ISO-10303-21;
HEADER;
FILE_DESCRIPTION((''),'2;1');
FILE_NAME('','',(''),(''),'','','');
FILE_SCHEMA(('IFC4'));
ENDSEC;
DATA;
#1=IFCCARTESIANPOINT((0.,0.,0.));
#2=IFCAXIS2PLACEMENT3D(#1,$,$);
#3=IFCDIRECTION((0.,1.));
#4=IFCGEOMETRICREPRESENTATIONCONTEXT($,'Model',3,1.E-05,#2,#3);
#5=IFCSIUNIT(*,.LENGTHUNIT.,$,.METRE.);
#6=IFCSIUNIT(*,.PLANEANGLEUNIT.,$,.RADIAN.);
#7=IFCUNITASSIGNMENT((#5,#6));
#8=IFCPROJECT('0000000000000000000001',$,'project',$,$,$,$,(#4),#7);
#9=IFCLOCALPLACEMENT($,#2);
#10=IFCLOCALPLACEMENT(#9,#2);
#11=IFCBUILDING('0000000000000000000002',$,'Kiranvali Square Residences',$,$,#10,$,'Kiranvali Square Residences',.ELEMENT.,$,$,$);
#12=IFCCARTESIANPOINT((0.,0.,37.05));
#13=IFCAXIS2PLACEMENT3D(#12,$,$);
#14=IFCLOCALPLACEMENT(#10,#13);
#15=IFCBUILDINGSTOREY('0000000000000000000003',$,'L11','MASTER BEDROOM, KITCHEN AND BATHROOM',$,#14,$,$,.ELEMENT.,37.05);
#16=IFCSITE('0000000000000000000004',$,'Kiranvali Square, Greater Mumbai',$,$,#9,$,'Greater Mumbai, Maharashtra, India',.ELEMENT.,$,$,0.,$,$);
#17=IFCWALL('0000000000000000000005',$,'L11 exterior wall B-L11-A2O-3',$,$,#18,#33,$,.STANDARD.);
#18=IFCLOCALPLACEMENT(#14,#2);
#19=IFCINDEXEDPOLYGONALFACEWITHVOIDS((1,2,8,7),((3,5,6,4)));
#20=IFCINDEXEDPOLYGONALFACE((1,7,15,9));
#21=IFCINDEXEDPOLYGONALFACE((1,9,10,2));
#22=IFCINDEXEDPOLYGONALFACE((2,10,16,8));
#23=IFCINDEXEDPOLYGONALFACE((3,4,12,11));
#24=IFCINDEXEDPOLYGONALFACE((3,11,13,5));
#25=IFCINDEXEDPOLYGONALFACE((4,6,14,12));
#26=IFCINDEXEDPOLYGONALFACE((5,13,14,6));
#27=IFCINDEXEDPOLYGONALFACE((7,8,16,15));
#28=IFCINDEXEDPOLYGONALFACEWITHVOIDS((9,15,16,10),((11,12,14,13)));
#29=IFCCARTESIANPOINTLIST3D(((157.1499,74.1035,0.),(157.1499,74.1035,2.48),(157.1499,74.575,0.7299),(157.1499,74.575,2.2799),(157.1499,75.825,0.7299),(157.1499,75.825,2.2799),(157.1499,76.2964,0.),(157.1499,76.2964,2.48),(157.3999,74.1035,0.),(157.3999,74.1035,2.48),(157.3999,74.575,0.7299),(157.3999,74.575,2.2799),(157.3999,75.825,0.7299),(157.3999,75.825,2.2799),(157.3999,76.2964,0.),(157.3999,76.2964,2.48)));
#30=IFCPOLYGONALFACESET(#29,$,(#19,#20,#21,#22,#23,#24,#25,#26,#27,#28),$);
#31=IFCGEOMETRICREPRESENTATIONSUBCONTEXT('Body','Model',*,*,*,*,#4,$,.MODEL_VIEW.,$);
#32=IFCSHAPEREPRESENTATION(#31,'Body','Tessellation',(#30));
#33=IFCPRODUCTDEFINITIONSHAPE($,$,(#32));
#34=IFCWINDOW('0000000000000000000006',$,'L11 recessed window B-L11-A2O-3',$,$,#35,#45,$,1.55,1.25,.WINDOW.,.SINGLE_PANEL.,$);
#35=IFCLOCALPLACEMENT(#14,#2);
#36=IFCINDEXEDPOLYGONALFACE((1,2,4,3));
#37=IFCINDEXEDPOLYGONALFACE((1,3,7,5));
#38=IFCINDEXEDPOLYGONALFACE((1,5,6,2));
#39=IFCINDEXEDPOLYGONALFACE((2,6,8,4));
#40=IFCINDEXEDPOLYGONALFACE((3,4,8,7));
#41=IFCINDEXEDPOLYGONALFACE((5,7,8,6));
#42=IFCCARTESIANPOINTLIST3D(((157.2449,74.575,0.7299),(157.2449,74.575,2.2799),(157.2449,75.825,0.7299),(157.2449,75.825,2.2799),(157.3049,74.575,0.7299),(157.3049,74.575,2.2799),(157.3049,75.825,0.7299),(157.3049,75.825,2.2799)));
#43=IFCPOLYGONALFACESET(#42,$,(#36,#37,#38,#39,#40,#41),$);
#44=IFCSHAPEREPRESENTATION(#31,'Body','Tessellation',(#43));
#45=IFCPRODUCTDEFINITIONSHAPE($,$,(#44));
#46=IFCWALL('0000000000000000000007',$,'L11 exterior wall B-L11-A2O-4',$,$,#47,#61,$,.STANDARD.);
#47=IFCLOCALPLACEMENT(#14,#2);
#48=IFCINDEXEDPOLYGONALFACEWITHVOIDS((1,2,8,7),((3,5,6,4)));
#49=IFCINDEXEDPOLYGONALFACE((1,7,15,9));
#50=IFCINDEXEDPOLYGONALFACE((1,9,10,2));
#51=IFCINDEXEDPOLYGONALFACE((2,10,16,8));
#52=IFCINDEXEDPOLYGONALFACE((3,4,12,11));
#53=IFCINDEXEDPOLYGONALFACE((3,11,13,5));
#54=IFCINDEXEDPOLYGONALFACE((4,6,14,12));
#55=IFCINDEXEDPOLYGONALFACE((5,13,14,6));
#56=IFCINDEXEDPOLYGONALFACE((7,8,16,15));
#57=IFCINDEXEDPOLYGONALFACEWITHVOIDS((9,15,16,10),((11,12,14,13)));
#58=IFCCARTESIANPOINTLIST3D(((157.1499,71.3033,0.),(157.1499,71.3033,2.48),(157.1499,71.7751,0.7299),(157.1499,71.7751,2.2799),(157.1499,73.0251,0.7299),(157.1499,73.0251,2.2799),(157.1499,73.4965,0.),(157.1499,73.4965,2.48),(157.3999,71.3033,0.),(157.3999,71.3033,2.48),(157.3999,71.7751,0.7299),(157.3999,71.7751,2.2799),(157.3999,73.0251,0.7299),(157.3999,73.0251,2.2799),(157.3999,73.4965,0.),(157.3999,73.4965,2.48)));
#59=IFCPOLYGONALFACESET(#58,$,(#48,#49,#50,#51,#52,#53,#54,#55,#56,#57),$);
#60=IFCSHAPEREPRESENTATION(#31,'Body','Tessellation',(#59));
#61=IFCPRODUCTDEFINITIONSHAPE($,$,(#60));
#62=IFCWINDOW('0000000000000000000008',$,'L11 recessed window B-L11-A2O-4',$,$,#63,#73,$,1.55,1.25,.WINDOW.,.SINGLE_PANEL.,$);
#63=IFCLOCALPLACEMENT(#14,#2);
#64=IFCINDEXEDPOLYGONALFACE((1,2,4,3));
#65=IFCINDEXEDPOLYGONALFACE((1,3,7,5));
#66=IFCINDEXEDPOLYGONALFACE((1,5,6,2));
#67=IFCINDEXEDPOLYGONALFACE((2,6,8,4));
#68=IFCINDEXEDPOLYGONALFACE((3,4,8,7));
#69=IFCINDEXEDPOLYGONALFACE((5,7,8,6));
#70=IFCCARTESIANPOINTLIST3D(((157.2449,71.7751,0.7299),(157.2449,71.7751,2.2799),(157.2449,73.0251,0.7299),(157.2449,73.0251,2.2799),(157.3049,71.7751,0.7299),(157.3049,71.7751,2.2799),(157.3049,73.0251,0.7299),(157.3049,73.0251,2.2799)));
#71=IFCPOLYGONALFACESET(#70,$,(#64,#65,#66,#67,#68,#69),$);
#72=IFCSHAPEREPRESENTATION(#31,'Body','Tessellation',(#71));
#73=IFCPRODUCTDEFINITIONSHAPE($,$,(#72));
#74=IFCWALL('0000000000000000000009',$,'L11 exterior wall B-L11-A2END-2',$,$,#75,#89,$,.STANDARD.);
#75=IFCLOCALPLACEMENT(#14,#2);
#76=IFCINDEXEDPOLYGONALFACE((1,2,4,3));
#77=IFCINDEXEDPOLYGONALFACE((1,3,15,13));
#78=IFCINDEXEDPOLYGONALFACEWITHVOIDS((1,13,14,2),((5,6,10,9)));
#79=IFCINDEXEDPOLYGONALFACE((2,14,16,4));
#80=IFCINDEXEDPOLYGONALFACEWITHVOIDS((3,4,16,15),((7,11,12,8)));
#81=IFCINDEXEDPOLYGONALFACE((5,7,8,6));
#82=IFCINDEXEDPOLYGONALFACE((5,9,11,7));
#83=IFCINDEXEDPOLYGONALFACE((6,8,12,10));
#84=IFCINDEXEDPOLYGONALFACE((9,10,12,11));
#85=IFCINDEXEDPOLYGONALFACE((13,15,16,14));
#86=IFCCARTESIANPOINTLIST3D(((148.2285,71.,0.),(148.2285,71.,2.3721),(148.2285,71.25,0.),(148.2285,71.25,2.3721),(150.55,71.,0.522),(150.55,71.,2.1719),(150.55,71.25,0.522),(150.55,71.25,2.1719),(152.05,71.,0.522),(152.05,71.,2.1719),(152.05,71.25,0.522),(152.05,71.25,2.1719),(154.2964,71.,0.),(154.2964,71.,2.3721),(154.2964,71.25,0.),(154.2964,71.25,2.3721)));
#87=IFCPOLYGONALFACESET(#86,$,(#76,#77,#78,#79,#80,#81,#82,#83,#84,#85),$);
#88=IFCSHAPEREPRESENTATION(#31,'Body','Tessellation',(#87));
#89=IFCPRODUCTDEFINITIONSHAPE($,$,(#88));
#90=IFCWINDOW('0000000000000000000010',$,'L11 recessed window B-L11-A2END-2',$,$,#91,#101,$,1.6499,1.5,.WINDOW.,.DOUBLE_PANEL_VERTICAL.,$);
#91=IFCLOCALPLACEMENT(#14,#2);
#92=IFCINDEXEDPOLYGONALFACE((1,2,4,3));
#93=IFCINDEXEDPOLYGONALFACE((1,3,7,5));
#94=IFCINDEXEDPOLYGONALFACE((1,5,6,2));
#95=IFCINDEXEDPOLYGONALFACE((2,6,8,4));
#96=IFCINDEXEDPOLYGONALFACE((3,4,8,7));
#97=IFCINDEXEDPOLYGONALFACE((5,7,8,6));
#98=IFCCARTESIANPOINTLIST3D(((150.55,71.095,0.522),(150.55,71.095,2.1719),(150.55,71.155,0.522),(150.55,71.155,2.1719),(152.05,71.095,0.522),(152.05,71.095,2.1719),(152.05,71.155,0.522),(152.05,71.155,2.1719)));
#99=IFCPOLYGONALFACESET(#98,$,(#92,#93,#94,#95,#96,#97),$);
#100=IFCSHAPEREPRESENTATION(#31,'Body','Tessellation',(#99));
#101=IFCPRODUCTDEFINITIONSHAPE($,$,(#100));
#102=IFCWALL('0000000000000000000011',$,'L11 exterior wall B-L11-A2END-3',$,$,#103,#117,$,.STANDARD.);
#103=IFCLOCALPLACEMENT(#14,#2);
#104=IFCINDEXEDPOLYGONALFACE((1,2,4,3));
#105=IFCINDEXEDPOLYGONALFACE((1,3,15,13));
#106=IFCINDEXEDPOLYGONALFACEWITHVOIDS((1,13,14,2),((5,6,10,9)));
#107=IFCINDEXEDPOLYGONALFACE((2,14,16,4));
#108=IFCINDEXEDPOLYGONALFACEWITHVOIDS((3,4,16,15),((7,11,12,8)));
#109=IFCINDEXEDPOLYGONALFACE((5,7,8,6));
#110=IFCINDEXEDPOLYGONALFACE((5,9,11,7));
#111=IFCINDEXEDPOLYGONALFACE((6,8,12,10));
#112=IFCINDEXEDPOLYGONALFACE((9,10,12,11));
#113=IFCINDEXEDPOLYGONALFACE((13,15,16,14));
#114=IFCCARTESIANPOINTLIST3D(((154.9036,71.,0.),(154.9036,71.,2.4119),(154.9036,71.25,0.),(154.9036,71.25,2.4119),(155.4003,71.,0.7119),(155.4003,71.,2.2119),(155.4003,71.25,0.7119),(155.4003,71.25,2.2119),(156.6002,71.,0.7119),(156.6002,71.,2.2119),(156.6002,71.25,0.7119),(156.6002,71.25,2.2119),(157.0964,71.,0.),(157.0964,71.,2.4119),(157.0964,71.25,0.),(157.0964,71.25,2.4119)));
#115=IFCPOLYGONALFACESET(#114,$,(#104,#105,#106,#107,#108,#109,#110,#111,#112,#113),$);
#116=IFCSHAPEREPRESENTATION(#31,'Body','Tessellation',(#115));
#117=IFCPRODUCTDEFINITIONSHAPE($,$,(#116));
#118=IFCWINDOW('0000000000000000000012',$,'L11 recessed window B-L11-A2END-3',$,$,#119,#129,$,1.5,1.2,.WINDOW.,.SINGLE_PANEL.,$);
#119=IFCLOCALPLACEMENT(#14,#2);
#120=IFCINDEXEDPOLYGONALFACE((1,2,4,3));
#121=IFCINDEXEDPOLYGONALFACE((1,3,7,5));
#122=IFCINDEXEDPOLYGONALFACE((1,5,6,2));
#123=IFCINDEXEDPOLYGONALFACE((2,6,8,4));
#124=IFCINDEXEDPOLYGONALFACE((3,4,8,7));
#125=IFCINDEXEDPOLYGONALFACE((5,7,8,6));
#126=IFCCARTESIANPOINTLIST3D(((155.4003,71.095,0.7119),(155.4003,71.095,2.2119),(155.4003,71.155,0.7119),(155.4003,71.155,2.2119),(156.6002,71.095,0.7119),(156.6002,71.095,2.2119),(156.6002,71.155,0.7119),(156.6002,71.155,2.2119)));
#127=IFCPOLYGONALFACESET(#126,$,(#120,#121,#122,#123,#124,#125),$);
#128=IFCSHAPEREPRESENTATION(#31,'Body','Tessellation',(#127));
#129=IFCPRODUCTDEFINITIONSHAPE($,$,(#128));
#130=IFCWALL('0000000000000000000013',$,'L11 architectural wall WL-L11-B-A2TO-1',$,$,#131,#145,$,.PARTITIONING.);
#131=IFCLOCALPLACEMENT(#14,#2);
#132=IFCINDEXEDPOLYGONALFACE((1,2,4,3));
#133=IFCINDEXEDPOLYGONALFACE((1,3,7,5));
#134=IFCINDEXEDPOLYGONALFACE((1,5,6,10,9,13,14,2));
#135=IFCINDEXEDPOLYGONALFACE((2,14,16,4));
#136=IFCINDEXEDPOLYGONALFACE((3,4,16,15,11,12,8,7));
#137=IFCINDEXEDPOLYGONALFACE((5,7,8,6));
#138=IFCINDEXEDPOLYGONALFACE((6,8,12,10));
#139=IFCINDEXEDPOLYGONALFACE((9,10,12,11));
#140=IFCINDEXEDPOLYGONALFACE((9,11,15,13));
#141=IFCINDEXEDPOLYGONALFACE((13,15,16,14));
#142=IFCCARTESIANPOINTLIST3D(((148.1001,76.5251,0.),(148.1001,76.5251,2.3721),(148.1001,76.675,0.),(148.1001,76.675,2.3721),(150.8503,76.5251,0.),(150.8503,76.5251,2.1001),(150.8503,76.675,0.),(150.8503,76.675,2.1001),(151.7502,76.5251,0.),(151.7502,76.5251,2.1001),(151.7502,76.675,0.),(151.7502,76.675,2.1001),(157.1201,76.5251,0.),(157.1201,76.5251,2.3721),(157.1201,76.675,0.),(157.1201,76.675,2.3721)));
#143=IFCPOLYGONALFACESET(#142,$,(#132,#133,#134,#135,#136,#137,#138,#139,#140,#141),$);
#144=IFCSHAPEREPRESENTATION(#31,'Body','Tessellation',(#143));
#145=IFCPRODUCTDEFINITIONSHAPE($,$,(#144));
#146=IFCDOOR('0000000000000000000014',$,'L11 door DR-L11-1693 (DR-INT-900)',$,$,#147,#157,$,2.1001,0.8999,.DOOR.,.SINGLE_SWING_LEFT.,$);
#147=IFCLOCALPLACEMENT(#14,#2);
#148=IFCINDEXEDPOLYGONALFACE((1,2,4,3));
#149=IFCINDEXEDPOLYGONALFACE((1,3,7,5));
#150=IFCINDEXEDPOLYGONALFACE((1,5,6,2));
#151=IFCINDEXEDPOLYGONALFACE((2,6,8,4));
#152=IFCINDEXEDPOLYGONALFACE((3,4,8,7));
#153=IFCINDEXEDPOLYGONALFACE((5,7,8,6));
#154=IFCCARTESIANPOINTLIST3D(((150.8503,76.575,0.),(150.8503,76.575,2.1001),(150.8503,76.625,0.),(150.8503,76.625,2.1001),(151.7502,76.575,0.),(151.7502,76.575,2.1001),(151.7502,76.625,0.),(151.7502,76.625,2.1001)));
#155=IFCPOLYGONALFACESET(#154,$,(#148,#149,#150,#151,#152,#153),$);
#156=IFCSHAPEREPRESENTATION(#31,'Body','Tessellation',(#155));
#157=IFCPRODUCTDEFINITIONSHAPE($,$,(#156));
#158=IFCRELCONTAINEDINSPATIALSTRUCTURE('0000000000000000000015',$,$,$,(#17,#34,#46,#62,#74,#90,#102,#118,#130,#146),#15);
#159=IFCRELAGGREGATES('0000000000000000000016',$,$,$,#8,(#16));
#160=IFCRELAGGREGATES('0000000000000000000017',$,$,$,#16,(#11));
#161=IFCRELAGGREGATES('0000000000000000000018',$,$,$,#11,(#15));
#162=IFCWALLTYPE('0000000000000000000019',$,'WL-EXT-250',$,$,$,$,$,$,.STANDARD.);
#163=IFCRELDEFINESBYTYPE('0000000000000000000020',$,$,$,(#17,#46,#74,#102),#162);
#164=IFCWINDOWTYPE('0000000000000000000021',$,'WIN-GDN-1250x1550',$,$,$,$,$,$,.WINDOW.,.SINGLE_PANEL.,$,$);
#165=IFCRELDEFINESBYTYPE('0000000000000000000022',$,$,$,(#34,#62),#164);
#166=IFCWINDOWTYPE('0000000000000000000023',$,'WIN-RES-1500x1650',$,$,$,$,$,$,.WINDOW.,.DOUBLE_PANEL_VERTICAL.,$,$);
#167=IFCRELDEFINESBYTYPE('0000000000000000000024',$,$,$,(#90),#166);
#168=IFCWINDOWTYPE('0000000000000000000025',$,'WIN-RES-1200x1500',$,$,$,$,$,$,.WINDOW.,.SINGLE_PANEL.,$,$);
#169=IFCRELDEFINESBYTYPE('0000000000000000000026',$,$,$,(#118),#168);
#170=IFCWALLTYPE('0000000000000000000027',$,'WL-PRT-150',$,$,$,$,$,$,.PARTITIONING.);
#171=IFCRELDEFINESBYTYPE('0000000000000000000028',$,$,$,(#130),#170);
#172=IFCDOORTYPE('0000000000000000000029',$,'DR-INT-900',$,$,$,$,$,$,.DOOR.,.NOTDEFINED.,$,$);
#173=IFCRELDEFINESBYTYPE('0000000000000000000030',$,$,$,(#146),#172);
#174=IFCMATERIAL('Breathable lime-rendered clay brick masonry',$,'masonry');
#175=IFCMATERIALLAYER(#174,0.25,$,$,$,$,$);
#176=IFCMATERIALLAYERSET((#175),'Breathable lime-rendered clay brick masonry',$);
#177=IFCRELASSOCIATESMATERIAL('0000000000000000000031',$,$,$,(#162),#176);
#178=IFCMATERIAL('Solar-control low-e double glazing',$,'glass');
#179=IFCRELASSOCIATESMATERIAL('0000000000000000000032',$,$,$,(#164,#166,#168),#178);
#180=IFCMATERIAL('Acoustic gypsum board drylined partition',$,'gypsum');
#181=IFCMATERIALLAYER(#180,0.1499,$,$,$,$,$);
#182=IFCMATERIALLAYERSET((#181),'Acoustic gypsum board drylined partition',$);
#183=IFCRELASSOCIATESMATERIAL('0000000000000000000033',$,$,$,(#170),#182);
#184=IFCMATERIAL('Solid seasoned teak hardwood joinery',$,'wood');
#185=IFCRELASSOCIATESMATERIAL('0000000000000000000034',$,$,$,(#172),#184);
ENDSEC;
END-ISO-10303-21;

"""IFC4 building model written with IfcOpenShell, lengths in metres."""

from ifc_helpers import new_model, si_unit, direction, frame, frame_2d, origin, place, context, subcontext, project, spatial, rectangle, extrude, material, layer, layer_set, type_object, element, fill, save


model = new_model("IFC4")

# Units and contexts
model_context = context("Model", 3, precision=1e-05, world=origin(), true_north=direction((0.0, 1.0)))
body_context = subcontext(model_context, "Body", "Model", "MODEL_VIEW")
ifc_project = project(units=[si_unit("LENGTHUNIT", "METRE"), si_unit("PLANEANGLEUNIT", "RADIAN")], contexts=[model_context])

# Site, building, storey
site_placement = place(None, origin())
site = spatial("IfcSite", under=ifc_project, at=site_placement, Name="Kiranvali Square, Greater Mumbai", LongName="Greater Mumbai, Maharashtra, India", CompositionType="ELEMENT", RefElevation=0.0)
building_placement = place(site_placement, origin())
building = spatial("IfcBuilding", under=site, at=building_placement, Name="Kiranvali Square Residences", LongName="Kiranvali Square Residences", CompositionType="ELEMENT")
storey_placement = place(building_placement, frame((0.0, 0.0, 37.05)))
storey = spatial("IfcBuildingStorey", under=building, at=storey_placement, Name="L11", Description="MASTER BEDROOM, KITCHEN AND BATHROOM", CompositionType="ELEMENT", Elevation=37.05)

# Walls, openings, windows
ifc_material_1 = material(Name="Breathable lime-rendered clay brick masonry", Category="masonry")
ifc_layer_1 = layer(ifc_material_1, 0.25)
ifc_layer_set_1 = layer_set([ifc_layer_1], Name="Breathable lime-rendered clay brick masonry")
wall_type_1 = type_object("IfcWallType", Name="WL-EXT-250", PredefinedType="STANDARD", material=ifc_layer_set_1)
wall_1_placement = place(storey_placement, frame((157.2749, 76.2964, 0.0), z_axis=(0.0, 0.0, 1.0), x_axis=(0.0, -1.0, 0.0)))
wall_1 = element("IfcWall", 1, at=wall_1_placement, inside=storey, type_object=wall_type_1, Name="L11 exterior wall B-L11-A2O-3", PredefinedType="STANDARD", context=body_context, shape_type="SweptSolid", body=[
    extrude(rectangle(XDim=2.1929, YDim=0.25, at=frame_2d((1.0964, 0.0))), origin(), (0.0, 0.0, 1.0), 2.48),
])
opening_1_placement = place(wall_1_placement, frame((0.4714, 0.0, 0.73)))
opening_1 = element("IfcOpeningElement", 2, at=opening_1_placement, cuts=wall_1, PredefinedType="OPENING", context=body_context, shape_type="SweptSolid", body=[
    extrude(rectangle(XDim=1.25, YDim=1.55, at=frame_2d((0.625, 0.7749))), frame((0.0, 0.135, 0.0), z_axis=(0.0, -1.0, 0.0), x_axis=(1.0, 0.0, 0.0)), (0.0, 0.0, 1.0), 0.27),
])
ifc_material_2 = material(Name="Solar-control low-e double glazing", Category="glass")
window_type_1 = type_object("IfcWindowType", Name="WIN-GDN-1250x1550", PartitioningType="SINGLE_PANEL", PredefinedType="WINDOW", material=ifc_material_2)
window_1_placement = place(opening_1_placement, origin())
window_1 = element("IfcWindow", 3, at=window_1_placement, inside=storey, type_object=window_type_1, Name="L11 recessed window B-L11-A2O-3", OverallHeight=1.55, OverallWidth=1.25, PartitioningType="SINGLE_PANEL", PredefinedType="WINDOW", context=body_context, shape_type="SweptSolid", body=[
    extrude(rectangle(XDim=1.25, YDim=1.55, at=frame_2d((0.625, 0.7749))), frame((0.0, 0.03, 0.0), z_axis=(0.0, -1.0, 0.0), x_axis=(1.0, 0.0, 0.0)), (0.0, 0.0, 1.0), 0.0601),
])
fill(opening_1, window_1)
wall_2_placement = place(storey_placement, frame((157.2749, 73.4966, 0.0), z_axis=(0.0, 0.0, 1.0), x_axis=(0.0, -1.0, 0.0)))
wall_2 = element("IfcWall", 4, at=wall_2_placement, inside=storey, type_object=wall_type_1, Name="L11 exterior wall B-L11-A2O-4", PredefinedType="STANDARD", context=body_context, shape_type="SweptSolid", body=[
    extrude(rectangle(XDim=2.1931, YDim=0.25, at=frame_2d((1.0967, 0.0))), origin(), (0.0, 0.0, 1.0), 2.48),
])
opening_2_placement = place(wall_2_placement, frame((0.4714, 0.0, 0.73)))
opening_2 = element("IfcOpeningElement", 5, at=opening_2_placement, cuts=wall_2, PredefinedType="OPENING", context=body_context, shape_type="SweptSolid", body=[
    extrude(rectangle(XDim=1.25, YDim=1.55, at=frame_2d((0.625, 0.7749))), frame((0.0, 0.135, 0.0), z_axis=(0.0, -1.0, 0.0), x_axis=(1.0, 0.0, 0.0)), (0.0, 0.0, 1.0), 0.27),
])
window_2_placement = place(opening_2_placement, origin())
window_2 = element("IfcWindow", 6, at=window_2_placement, inside=storey, type_object=window_type_1, Name="L11 recessed window B-L11-A2O-4", OverallHeight=1.55, OverallWidth=1.25, PartitioningType="SINGLE_PANEL", PredefinedType="WINDOW", context=body_context, shape_type="SweptSolid", body=[
    extrude(rectangle(XDim=1.25, YDim=1.55, at=frame_2d((0.625, 0.7749))), frame((0.0, 0.03, 0.0), z_axis=(0.0, -1.0, 0.0), x_axis=(1.0, 0.0, 0.0)), (0.0, 0.0, 1.0), 0.0601),
])
fill(opening_2, window_2)
wall_3_placement = place(storey_placement, frame((148.2285, 71.125, 0.0), z_axis=(0.0, 0.0, 1.0), x_axis=(1.0, 0.0, 0.0)))
wall_3 = element("IfcWall", 7, at=wall_3_placement, inside=storey, type_object=wall_type_1, Name="L11 exterior wall B-L11-A2END-2", PredefinedType="STANDARD", context=body_context, shape_type="SweptSolid", body=[
    extrude(rectangle(XDim=6.0679, YDim=0.25, at=frame_2d((3.0339, 0.0))), origin(), (0.0, 0.0, 1.0), 2.3721),
])
opening_3_placement = place(wall_3_placement, frame((2.3215, 0.0, 0.522)))
opening_3 = element("IfcOpeningElement", 8, at=opening_3_placement, cuts=wall_3, PredefinedType="OPENING", context=body_context, shape_type="SweptSolid", body=[
    extrude(rectangle(XDim=1.5, YDim=1.6499, at=frame_2d((0.75, 0.825))), frame((0.0, 0.135, 0.0), z_axis=(0.0, -1.0, 0.0), x_axis=(1.0, 0.0, 0.0)), (0.0, 0.0, 1.0), 0.27),
])
window_type_2 = type_object("IfcWindowType", Name="WIN-RES-1500x1650", PartitioningType="DOUBLE_PANEL_VERTICAL", PredefinedType="WINDOW", material=ifc_material_2)
window_3_placement = place(opening_3_placement, origin())
window_3 = element("IfcWindow", 9, at=window_3_placement, inside=storey, type_object=window_type_2, Name="L11 recessed window B-L11-A2END-2", OverallHeight=1.6499, OverallWidth=1.5, PartitioningType="DOUBLE_PANEL_VERTICAL", PredefinedType="WINDOW", context=body_context, shape_type="SweptSolid", body=[
    extrude(rectangle(XDim=1.5, YDim=1.6499, at=frame_2d((0.75, 0.825))), frame((0.0, 0.03, 0.0), z_axis=(0.0, -1.0, 0.0), x_axis=(1.0, 0.0, 0.0)), (0.0, 0.0, 1.0), 0.0601),
])
fill(opening_3, window_3)
wall_4_placement = place(storey_placement, frame((154.9036, 71.125, 0.0), z_axis=(0.0, 0.0, 1.0), x_axis=(1.0, 0.0, 0.0)))
wall_4 = element("IfcWall", 10, at=wall_4_placement, inside=storey, type_object=wall_type_1, Name="L11 exterior wall B-L11-A2END-3", PredefinedType="STANDARD", context=body_context, shape_type="SweptSolid", body=[
    extrude(rectangle(XDim=2.1929, YDim=0.25, at=frame_2d((1.0964, 0.0))), origin(), (0.0, 0.0, 1.0), 2.4119),
])
opening_4_placement = place(wall_4_placement, frame((0.4966, 0.0, 0.7119)))
opening_4 = element("IfcOpeningElement", 11, at=opening_4_placement, cuts=wall_4, PredefinedType="OPENING", context=body_context, shape_type="SweptSolid", body=[
    extrude(rectangle(XDim=1.2, YDim=1.5, at=frame_2d((0.6001, 0.75))), frame((0.0, 0.135, 0.0), z_axis=(0.0, -1.0, 0.0), x_axis=(1.0, 0.0, 0.0)), (0.0, 0.0, 1.0), 0.27),
])
window_type_3 = type_object("IfcWindowType", Name="WIN-RES-1200x1500", PartitioningType="SINGLE_PANEL", PredefinedType="WINDOW", material=ifc_material_2)
window_4_placement = place(opening_4_placement, origin())
window_4 = element("IfcWindow", 12, at=window_4_placement, inside=storey, type_object=window_type_3, Name="L11 recessed window B-L11-A2END-3", OverallHeight=1.5, OverallWidth=1.2, PartitioningType="SINGLE_PANEL", PredefinedType="WINDOW", context=body_context, shape_type="SweptSolid", body=[
    extrude(rectangle(XDim=1.2, YDim=1.5, at=frame_2d((0.6001, 0.75))), frame((0.0, 0.03, 0.0), z_axis=(0.0, -1.0, 0.0), x_axis=(1.0, 0.0, 0.0)), (0.0, 0.0, 1.0), 0.0601),
])
fill(opening_4, window_4)

# Wall, opening, door
ifc_material_3 = material(Name="Acoustic gypsum board drylined partition", Category="gypsum")
ifc_layer_2 = layer(ifc_material_3, 0.1499)
ifc_layer_set_2 = layer_set([ifc_layer_2], Name="Acoustic gypsum board drylined partition")
wall_type_2 = type_object("IfcWallType", Name="WL-PRT-150", PredefinedType="PARTITIONING", material=ifc_layer_set_2)
wall_5_placement = place(storey_placement, frame((148.1001, 76.6001, 0.0), z_axis=(0.0, 0.0, 1.0), x_axis=(1.0, 0.0, 0.0)))
wall_5 = element("IfcWall", 13, at=wall_5_placement, inside=storey, type_object=wall_type_2, Name="L11 architectural wall WL-L11-B-A2TO-1", PredefinedType="PARTITIONING", context=body_context, shape_type="SweptSolid", body=[
    extrude(rectangle(XDim=9.02, YDim=0.1499, at=frame_2d((4.51, 0.0))), origin(), (0.0, 0.0, 1.0), 2.3721),
])
opening_5_placement = place(wall_5_placement, frame((2.7502, 0.0, 0.0)))
opening_5 = element("IfcOpeningElement", 14, at=opening_5_placement, cuts=wall_5, PredefinedType="OPENING", context=body_context, shape_type="SweptSolid", body=[
    extrude(rectangle(XDim=0.8999, YDim=2.1001, at=frame_2d((0.45, 1.05))), frame((0.0, 0.085, 0.0), z_axis=(0.0, -1.0, 0.0), x_axis=(1.0, 0.0, 0.0)), (0.0, 0.0, 1.0), 0.1699),
])
ifc_material_4 = material(Name="Solid seasoned teak hardwood joinery", Category="wood")
door_type_1 = type_object("IfcDoorType", Name="DR-INT-900", OperationType="NOTDEFINED", PredefinedType="DOOR", material=ifc_material_4)
door_1_placement = place(opening_5_placement, origin())
door_1 = element("IfcDoor", 15, at=door_1_placement, inside=storey, type_object=door_type_1, Name="L11 door DR-L11-1693 (DR-INT-900)", OperationType="SINGLE_SWING_LEFT", OverallHeight=2.1001, OverallWidth=0.8999, PredefinedType="DOOR", context=body_context, shape_type="SweptSolid", body=[
    extrude(rectangle(XDim=0.8999, YDim=2.1001, at=frame_2d((0.45, 1.05))), frame((0.0, 0.0249, 0.0), z_axis=(0.0, -1.0, 0.0), x_axis=(1.0, 0.0, 0.0)), (0.0, 0.0, 1.0), 0.05),
])
fill(opening_5, door_1)

save(model, "model.ifc")
